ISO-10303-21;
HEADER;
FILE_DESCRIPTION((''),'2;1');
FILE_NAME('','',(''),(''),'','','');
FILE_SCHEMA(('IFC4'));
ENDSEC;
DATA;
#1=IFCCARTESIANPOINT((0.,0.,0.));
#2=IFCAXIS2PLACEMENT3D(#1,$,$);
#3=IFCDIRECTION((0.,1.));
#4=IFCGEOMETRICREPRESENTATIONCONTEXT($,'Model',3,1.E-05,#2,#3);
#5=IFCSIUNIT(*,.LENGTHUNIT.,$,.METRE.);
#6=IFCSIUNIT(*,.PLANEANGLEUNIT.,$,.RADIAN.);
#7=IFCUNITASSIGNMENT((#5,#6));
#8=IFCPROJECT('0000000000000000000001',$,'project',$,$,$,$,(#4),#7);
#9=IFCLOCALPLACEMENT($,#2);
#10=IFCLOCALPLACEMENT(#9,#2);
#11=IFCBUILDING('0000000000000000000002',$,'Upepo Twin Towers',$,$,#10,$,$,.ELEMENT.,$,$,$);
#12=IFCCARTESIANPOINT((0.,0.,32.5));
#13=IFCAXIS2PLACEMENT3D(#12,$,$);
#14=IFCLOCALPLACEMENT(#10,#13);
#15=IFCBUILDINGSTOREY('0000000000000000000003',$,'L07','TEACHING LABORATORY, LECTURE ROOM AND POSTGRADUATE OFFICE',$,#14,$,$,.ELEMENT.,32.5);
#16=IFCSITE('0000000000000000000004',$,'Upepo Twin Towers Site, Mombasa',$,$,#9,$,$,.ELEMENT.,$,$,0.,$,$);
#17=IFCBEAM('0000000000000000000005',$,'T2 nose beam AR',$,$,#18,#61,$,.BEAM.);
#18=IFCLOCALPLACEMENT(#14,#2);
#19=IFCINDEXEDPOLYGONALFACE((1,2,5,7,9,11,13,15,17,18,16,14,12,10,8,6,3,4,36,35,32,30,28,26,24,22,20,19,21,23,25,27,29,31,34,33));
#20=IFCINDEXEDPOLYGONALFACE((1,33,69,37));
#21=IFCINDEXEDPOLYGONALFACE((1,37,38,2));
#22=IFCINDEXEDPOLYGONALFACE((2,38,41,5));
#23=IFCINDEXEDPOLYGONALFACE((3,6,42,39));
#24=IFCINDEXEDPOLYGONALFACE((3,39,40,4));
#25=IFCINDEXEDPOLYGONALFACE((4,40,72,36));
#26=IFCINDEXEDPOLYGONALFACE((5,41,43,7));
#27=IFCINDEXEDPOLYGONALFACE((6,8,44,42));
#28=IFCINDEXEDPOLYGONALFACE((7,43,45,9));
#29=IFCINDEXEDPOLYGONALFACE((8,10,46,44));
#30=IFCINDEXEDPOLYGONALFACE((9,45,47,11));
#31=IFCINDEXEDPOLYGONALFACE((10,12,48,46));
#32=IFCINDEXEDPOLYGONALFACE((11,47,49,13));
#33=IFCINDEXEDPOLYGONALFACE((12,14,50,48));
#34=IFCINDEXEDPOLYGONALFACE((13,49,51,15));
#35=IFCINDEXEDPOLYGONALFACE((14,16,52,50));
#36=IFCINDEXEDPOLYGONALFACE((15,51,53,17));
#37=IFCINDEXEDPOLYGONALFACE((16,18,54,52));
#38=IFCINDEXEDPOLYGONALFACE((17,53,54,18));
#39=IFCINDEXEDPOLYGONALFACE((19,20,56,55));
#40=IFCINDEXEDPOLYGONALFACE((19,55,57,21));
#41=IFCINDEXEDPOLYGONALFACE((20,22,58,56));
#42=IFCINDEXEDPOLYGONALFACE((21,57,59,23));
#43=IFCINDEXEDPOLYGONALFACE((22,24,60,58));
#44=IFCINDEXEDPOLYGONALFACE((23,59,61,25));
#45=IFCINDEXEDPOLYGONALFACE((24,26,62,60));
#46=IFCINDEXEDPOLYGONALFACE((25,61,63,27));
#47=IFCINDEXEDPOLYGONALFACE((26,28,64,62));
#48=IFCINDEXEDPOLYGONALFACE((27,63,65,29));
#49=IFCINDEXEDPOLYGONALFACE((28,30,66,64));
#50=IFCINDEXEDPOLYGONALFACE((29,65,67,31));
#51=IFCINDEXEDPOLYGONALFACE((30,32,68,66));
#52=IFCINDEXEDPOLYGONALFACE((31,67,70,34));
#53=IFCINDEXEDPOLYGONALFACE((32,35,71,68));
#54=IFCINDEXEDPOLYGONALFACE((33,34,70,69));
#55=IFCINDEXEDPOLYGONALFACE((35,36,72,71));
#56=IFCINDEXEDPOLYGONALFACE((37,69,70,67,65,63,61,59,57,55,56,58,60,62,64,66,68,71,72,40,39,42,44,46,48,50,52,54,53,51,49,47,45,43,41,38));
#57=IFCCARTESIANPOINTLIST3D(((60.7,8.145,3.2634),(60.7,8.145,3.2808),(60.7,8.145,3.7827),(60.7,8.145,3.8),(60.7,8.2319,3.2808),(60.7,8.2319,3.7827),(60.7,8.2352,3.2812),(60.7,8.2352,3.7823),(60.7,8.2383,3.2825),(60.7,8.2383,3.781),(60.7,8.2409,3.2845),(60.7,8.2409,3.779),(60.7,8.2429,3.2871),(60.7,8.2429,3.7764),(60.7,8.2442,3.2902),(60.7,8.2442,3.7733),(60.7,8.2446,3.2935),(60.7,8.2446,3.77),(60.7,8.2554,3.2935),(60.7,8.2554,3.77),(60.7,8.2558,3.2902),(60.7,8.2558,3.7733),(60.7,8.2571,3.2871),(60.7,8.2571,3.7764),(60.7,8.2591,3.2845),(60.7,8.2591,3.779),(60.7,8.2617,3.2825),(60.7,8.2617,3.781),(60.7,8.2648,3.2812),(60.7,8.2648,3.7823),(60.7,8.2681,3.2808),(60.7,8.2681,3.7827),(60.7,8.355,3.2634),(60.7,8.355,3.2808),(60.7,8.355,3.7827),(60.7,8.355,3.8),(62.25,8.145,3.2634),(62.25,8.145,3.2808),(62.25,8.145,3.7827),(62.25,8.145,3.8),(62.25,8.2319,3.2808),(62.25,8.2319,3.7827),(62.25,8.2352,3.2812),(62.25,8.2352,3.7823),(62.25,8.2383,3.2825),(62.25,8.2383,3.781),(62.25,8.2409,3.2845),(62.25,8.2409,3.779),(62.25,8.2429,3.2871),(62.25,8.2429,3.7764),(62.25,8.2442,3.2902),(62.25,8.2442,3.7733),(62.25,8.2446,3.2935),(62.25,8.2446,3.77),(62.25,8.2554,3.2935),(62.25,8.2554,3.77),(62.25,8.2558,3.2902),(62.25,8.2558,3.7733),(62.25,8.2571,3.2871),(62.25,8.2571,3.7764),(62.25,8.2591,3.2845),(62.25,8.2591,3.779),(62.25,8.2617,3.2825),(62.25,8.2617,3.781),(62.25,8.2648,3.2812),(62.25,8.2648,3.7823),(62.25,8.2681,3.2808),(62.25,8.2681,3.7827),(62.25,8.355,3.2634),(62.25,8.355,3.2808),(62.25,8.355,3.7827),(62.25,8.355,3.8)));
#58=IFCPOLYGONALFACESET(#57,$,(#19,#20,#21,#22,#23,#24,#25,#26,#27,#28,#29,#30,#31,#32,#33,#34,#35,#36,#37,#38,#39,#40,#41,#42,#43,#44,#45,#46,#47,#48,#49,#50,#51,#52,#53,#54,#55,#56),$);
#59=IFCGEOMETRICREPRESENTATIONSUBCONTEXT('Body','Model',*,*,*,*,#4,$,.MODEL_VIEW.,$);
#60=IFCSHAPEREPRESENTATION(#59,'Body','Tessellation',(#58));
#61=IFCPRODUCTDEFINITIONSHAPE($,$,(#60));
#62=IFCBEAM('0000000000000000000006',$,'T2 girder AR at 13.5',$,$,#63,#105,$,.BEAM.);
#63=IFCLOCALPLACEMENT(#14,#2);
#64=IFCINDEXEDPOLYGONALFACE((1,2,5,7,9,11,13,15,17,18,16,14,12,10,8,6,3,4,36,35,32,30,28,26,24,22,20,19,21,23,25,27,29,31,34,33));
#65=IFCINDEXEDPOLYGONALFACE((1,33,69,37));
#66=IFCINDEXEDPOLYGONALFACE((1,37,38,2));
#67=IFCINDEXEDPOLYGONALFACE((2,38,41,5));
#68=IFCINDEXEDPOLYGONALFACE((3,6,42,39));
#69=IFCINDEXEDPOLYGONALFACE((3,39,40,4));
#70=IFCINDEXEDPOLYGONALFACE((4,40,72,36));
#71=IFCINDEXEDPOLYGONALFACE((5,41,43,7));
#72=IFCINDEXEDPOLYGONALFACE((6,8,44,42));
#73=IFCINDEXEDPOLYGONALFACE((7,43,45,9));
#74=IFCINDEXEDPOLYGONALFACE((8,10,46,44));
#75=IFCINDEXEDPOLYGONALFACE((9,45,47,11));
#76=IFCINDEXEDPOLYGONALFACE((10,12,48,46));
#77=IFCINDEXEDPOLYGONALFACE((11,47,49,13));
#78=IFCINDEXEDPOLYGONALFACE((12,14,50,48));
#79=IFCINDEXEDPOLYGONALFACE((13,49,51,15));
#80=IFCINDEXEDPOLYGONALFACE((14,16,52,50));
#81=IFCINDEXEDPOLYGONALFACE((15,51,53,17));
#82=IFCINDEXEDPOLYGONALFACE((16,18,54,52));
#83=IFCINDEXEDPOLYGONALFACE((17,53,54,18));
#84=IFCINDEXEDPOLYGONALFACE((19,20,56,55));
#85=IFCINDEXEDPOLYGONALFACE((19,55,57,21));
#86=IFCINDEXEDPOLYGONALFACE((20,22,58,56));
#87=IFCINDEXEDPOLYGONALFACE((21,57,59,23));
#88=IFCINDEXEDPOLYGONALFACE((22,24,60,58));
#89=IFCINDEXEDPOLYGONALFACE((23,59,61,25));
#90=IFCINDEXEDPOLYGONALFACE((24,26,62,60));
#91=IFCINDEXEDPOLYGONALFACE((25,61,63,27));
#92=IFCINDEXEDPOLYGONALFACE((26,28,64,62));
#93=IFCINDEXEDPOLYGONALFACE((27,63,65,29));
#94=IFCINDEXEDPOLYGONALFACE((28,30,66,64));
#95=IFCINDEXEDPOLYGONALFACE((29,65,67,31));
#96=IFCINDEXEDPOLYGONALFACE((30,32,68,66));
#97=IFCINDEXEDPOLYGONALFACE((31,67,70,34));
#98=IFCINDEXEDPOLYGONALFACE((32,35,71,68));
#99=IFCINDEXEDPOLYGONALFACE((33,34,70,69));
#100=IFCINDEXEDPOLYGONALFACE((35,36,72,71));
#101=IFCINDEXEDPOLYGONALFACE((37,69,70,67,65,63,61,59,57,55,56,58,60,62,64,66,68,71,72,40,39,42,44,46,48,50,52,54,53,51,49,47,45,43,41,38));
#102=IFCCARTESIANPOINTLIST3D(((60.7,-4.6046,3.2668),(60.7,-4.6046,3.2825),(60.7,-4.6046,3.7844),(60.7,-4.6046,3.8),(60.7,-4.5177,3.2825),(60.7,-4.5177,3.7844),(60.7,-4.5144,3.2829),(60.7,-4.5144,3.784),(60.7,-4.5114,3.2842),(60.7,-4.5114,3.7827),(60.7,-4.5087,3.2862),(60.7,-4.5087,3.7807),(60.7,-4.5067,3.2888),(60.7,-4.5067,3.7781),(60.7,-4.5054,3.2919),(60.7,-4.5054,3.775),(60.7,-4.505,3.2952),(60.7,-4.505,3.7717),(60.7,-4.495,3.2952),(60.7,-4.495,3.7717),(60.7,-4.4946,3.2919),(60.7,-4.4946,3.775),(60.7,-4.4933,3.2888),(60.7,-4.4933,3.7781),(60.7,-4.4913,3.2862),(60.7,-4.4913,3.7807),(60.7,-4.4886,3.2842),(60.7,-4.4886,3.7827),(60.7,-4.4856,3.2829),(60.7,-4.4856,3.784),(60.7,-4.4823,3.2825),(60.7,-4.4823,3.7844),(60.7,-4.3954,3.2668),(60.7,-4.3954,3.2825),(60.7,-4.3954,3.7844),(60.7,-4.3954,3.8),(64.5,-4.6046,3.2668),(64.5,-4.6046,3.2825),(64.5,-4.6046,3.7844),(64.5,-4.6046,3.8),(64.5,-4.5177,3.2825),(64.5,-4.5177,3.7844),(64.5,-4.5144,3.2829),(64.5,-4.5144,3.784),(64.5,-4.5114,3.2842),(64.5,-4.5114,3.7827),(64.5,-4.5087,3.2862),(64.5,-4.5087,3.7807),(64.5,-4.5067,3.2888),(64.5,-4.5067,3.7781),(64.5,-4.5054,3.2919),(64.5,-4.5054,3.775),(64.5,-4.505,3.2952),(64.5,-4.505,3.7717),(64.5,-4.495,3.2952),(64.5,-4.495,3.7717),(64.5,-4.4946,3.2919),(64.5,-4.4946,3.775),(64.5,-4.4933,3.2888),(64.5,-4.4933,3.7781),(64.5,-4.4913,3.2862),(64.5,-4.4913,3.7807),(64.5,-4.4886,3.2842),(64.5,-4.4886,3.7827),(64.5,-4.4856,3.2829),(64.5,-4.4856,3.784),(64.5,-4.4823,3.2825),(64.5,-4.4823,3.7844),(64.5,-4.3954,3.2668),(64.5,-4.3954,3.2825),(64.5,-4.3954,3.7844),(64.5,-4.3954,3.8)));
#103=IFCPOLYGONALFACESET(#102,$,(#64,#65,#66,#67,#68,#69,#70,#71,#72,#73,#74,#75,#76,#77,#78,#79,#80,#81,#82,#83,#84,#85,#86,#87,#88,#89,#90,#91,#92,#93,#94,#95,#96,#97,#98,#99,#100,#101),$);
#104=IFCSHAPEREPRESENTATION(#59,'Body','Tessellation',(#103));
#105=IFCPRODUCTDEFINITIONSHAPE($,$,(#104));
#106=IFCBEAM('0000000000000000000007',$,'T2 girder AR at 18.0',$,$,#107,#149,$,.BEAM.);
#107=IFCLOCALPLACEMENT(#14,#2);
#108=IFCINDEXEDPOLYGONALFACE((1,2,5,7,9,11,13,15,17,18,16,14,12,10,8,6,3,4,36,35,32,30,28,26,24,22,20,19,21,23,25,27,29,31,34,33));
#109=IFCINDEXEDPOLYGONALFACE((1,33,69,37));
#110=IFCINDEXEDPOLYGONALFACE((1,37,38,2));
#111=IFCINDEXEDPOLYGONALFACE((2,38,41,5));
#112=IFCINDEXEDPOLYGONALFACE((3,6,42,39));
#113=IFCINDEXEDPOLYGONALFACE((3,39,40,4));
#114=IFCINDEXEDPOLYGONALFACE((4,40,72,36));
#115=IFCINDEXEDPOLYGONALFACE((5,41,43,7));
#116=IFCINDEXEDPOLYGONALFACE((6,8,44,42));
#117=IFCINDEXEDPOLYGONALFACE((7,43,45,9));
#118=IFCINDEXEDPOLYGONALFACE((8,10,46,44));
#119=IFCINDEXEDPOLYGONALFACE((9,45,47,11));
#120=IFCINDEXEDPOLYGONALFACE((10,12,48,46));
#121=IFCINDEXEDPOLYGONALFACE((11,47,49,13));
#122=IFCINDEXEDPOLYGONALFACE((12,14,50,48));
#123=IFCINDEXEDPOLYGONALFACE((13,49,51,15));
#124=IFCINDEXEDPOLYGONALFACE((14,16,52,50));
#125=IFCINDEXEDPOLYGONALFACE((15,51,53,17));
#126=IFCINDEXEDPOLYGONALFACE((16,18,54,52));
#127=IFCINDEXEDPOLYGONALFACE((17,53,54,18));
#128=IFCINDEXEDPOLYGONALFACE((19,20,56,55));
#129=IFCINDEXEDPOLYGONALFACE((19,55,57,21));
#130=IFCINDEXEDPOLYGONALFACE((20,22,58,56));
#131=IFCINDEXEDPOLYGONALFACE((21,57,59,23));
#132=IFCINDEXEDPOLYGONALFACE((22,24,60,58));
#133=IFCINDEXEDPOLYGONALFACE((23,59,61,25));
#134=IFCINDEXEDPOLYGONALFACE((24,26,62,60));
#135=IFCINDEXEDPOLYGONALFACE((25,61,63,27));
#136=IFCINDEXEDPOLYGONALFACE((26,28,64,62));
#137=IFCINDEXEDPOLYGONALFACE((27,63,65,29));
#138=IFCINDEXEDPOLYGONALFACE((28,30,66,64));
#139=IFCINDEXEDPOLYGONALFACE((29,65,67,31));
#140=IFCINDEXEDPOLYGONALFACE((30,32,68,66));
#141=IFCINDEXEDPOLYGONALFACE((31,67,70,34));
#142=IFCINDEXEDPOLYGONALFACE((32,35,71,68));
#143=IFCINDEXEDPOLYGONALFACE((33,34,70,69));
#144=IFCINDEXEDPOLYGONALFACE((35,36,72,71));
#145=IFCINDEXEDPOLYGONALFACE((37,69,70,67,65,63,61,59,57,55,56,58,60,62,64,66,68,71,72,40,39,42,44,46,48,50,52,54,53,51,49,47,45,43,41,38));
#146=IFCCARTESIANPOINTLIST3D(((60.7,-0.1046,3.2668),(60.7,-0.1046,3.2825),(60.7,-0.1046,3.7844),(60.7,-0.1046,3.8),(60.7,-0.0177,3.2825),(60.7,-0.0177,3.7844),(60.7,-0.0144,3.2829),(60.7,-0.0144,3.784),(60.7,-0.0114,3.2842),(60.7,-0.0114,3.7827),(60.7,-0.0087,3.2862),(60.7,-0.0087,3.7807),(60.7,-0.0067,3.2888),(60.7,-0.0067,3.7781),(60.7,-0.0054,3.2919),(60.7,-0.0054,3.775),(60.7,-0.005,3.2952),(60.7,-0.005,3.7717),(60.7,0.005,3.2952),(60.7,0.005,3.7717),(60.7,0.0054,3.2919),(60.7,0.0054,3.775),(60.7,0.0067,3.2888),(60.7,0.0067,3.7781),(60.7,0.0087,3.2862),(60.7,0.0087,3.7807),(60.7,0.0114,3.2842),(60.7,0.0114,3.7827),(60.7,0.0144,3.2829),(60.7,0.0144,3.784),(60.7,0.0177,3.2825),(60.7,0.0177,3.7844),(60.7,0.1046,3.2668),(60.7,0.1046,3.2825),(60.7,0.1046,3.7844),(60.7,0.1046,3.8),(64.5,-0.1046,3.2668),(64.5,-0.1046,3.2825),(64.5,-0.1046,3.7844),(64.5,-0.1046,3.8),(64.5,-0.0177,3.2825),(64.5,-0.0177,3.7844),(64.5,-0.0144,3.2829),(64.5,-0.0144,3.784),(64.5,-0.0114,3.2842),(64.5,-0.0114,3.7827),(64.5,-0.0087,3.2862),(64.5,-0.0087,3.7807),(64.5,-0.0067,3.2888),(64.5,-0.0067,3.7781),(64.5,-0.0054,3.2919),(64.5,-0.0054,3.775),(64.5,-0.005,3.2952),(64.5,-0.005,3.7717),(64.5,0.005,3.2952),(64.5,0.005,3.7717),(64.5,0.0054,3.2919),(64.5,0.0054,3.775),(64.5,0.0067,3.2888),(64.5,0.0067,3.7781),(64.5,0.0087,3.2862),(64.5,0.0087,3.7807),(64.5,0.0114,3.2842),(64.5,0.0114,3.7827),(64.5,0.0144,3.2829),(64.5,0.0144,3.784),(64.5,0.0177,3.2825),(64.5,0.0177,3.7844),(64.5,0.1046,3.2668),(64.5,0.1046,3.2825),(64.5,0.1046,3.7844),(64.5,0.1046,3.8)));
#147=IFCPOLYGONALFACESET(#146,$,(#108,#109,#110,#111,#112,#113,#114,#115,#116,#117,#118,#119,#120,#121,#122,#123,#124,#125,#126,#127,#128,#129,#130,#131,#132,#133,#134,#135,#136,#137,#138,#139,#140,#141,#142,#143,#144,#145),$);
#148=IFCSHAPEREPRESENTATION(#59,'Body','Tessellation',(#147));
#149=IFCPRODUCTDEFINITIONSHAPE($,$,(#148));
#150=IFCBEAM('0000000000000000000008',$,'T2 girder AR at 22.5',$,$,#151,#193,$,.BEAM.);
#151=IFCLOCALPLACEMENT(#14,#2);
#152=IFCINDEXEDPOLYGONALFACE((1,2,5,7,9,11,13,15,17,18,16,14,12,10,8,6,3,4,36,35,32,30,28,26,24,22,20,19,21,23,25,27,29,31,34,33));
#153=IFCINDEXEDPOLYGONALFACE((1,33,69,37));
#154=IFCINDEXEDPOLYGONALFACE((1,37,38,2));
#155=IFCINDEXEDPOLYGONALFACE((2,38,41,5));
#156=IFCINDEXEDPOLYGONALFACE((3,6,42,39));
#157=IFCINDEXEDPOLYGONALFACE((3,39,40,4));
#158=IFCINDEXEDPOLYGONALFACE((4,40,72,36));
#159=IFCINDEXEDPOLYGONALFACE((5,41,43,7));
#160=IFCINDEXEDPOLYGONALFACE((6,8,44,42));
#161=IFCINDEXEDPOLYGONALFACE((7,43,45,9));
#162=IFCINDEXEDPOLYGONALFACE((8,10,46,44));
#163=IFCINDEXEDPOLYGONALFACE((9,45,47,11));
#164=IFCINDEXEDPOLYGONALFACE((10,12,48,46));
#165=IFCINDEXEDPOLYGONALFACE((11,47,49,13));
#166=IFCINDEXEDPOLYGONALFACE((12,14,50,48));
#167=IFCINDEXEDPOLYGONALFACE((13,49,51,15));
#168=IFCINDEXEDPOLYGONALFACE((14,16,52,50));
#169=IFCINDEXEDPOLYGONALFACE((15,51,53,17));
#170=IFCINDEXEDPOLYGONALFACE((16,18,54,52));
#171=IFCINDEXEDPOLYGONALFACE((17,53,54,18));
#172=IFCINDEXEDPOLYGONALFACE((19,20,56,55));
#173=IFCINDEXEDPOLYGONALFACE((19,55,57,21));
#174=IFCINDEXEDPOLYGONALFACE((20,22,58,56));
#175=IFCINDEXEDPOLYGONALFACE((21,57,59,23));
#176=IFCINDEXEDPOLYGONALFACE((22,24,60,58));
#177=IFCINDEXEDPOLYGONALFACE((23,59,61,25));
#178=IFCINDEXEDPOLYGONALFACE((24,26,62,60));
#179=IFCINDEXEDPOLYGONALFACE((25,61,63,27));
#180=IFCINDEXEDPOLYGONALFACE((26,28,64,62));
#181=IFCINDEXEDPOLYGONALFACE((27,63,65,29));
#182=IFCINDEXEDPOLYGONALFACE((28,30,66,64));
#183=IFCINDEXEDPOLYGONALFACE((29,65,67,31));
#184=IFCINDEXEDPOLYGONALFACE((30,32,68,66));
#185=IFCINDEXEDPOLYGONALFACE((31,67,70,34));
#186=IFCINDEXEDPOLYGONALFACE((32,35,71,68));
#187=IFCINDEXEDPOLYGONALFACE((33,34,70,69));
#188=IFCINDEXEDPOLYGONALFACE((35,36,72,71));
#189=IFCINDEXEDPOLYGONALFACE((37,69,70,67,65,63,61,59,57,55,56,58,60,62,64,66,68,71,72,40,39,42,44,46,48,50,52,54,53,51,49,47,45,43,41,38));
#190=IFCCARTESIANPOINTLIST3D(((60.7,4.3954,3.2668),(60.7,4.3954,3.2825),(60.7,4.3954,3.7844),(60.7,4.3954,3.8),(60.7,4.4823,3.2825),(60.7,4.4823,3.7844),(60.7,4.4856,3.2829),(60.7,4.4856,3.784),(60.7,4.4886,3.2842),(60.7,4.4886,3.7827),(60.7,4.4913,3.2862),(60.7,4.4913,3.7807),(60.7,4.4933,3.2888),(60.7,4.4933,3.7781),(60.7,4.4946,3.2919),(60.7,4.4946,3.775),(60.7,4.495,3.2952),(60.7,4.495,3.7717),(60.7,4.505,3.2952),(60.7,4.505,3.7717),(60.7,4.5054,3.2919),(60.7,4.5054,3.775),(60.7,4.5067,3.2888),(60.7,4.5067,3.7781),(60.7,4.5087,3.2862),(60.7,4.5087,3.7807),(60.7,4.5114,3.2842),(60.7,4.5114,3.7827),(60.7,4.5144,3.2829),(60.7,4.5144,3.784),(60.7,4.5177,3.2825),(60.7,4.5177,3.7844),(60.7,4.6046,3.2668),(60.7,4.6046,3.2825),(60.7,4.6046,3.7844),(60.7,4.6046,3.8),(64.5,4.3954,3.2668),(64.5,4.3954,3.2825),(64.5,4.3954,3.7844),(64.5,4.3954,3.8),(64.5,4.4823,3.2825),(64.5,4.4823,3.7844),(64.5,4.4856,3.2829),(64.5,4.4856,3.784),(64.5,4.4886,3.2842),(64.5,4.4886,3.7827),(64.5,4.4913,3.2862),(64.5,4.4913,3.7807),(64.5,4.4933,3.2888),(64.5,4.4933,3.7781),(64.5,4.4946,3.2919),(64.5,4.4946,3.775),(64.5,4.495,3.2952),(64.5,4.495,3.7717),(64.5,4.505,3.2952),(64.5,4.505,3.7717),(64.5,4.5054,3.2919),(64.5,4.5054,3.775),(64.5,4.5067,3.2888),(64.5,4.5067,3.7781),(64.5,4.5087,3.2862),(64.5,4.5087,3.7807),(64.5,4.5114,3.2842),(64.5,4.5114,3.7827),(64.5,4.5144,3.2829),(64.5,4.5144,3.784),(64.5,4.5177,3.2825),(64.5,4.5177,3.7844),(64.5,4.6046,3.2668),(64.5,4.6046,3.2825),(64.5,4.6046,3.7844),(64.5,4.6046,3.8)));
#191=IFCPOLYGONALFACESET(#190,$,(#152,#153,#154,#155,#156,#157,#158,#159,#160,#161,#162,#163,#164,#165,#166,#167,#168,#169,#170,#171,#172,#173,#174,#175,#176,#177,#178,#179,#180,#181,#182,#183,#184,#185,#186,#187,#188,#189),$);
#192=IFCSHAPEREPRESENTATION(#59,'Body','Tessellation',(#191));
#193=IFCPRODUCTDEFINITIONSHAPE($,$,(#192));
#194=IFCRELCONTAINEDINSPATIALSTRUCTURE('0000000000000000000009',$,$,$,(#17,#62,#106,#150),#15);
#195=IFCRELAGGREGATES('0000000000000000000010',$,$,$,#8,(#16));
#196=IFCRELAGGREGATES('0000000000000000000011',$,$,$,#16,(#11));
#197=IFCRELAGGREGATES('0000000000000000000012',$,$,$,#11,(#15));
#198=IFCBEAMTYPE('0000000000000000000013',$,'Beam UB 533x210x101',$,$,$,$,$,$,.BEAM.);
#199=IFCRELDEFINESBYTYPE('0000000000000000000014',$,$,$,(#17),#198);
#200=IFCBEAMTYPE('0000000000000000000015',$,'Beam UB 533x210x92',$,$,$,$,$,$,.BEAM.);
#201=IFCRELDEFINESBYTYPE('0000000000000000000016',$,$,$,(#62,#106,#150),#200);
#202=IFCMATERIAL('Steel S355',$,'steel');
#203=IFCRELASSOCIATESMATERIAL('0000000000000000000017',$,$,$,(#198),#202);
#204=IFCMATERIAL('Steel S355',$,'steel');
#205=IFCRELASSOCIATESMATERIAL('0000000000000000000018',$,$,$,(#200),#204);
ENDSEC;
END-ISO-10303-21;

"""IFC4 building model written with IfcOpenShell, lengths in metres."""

from ifc_helpers import new_model, si_unit, direction, frame, origin, origin_2d, place, context, subcontext, project, spatial, i_section, extrude, material, material_profile, profile_set, type_object, element, save


model = new_model("IFC4")

# Units and contexts
model_context = context("Model", 3, precision=1e-05, world=origin(), true_north=direction((0.0, 1.0)))
body_context = subcontext(model_context, "Body", "Model", "MODEL_VIEW")
ifc_project = project(units=[si_unit("LENGTHUNIT", "METRE"), si_unit("PLANEANGLEUNIT", "RADIAN")], contexts=[model_context])

# Site, building, storey
site_placement = place(None, origin())
site = spatial("IfcSite", under=ifc_project, at=site_placement, Name="Upepo Twin Towers Site, Mombasa", CompositionType="ELEMENT", RefElevation=0.0)
building_placement = place(site_placement, origin())
building = spatial("IfcBuilding", under=site, at=building_placement, Name="Upepo Twin Towers", CompositionType="ELEMENT")
storey_placement = place(building_placement, frame((0.0, 0.0, 32.5)))
storey = spatial("IfcBuildingStorey", under=building, at=storey_placement, Name="L07", Description="TEACHING LABORATORY, LECTURE ROOM AND POSTGRADUATE OFFICE", CompositionType="ELEMENT", Elevation=32.5)

# Beams
ifc_material_1 = material(Name="Steel S355", Category="steel")
ifc_material_profile_1 = material_profile(ifc_material_1, i_section(OverallWidth=0.21, OverallDepth=0.5366, WebThickness=0.0107, FlangeThickness=0.0173, FilletRadius=0.0127, at=origin_2d()), Name="UB 533x210x101")
ifc_profile_set_1 = profile_set([ifc_material_profile_1], Name="Steel S355")
beam_type_1 = type_object("IfcBeamType", Name="Beam UB 533x210x101", PredefinedType="BEAM", material=ifc_profile_set_1)
beam_1_placement = place(storey_placement, frame((62.25, 8.25, 3.5317), z_axis=(-1.0, 0.0, 0.0), x_axis=(0.0, -1.0, 0.0)))
element("IfcBeam", 1, at=beam_1_placement, inside=storey, type_object=beam_type_1, Name="T2 nose beam AR", PredefinedType="BEAM", context=body_context, shape_type="SweptSolid", body=[
    extrude(i_section(OverallWidth=0.21, OverallDepth=0.5366, WebThickness=0.0107, FlangeThickness=0.0173, FilletRadius=0.0127, at=origin_2d()), origin(), (0.0, 0.0, 1.0), 1.55),
])
ifc_material_2 = material(Name="Steel S355", Category="steel")
ifc_material_profile_2 = material_profile(ifc_material_2, i_section(OverallWidth=0.2092, OverallDepth=0.5332, WebThickness=0.01, FlangeThickness=0.0156, FilletRadius=0.0127, at=origin_2d()), Name="UB 533x210x92")
ifc_profile_set_2 = profile_set([ifc_material_profile_2], Name="Steel S355")
beam_type_2 = type_object("IfcBeamType", Name="Beam UB 533x210x92", PredefinedType="BEAM", material=ifc_profile_set_2)
for number, where, z_axis, x_axis, name in (
    (2, (64.5, -4.5, 3.5334), (-1.0, 0.0, 0.0), (0.0, -1.0, 0.0), "T2 girder AR at 13.5"),
    (3, (64.5, 0.0, 3.5334), (-1.0, 0.0, 0.0), (0.0, -1.0, 0.0), "T2 girder AR at 18.0"),
    (4, (64.5, 4.5, 3.5334), (-1.0, 0.0, 0.0), (0.0, -1.0, 0.0), "T2 girder AR at 22.5"),
):
    element("IfcBeam", number, at=place(storey_placement, frame(where, z_axis=z_axis, x_axis=x_axis)), inside=storey, type_object=beam_type_2, Name=name, PredefinedType="BEAM", context=body_context, shape_type="SweptSolid", body=[
        extrude(i_section(OverallWidth=0.2092, OverallDepth=0.5332, WebThickness=0.01, FlangeThickness=0.0156, FilletRadius=0.0127, at=origin_2d()), origin(), (0.0, 0.0, 1.0), 3.8),
    ])

save(model, "model.ifc")
